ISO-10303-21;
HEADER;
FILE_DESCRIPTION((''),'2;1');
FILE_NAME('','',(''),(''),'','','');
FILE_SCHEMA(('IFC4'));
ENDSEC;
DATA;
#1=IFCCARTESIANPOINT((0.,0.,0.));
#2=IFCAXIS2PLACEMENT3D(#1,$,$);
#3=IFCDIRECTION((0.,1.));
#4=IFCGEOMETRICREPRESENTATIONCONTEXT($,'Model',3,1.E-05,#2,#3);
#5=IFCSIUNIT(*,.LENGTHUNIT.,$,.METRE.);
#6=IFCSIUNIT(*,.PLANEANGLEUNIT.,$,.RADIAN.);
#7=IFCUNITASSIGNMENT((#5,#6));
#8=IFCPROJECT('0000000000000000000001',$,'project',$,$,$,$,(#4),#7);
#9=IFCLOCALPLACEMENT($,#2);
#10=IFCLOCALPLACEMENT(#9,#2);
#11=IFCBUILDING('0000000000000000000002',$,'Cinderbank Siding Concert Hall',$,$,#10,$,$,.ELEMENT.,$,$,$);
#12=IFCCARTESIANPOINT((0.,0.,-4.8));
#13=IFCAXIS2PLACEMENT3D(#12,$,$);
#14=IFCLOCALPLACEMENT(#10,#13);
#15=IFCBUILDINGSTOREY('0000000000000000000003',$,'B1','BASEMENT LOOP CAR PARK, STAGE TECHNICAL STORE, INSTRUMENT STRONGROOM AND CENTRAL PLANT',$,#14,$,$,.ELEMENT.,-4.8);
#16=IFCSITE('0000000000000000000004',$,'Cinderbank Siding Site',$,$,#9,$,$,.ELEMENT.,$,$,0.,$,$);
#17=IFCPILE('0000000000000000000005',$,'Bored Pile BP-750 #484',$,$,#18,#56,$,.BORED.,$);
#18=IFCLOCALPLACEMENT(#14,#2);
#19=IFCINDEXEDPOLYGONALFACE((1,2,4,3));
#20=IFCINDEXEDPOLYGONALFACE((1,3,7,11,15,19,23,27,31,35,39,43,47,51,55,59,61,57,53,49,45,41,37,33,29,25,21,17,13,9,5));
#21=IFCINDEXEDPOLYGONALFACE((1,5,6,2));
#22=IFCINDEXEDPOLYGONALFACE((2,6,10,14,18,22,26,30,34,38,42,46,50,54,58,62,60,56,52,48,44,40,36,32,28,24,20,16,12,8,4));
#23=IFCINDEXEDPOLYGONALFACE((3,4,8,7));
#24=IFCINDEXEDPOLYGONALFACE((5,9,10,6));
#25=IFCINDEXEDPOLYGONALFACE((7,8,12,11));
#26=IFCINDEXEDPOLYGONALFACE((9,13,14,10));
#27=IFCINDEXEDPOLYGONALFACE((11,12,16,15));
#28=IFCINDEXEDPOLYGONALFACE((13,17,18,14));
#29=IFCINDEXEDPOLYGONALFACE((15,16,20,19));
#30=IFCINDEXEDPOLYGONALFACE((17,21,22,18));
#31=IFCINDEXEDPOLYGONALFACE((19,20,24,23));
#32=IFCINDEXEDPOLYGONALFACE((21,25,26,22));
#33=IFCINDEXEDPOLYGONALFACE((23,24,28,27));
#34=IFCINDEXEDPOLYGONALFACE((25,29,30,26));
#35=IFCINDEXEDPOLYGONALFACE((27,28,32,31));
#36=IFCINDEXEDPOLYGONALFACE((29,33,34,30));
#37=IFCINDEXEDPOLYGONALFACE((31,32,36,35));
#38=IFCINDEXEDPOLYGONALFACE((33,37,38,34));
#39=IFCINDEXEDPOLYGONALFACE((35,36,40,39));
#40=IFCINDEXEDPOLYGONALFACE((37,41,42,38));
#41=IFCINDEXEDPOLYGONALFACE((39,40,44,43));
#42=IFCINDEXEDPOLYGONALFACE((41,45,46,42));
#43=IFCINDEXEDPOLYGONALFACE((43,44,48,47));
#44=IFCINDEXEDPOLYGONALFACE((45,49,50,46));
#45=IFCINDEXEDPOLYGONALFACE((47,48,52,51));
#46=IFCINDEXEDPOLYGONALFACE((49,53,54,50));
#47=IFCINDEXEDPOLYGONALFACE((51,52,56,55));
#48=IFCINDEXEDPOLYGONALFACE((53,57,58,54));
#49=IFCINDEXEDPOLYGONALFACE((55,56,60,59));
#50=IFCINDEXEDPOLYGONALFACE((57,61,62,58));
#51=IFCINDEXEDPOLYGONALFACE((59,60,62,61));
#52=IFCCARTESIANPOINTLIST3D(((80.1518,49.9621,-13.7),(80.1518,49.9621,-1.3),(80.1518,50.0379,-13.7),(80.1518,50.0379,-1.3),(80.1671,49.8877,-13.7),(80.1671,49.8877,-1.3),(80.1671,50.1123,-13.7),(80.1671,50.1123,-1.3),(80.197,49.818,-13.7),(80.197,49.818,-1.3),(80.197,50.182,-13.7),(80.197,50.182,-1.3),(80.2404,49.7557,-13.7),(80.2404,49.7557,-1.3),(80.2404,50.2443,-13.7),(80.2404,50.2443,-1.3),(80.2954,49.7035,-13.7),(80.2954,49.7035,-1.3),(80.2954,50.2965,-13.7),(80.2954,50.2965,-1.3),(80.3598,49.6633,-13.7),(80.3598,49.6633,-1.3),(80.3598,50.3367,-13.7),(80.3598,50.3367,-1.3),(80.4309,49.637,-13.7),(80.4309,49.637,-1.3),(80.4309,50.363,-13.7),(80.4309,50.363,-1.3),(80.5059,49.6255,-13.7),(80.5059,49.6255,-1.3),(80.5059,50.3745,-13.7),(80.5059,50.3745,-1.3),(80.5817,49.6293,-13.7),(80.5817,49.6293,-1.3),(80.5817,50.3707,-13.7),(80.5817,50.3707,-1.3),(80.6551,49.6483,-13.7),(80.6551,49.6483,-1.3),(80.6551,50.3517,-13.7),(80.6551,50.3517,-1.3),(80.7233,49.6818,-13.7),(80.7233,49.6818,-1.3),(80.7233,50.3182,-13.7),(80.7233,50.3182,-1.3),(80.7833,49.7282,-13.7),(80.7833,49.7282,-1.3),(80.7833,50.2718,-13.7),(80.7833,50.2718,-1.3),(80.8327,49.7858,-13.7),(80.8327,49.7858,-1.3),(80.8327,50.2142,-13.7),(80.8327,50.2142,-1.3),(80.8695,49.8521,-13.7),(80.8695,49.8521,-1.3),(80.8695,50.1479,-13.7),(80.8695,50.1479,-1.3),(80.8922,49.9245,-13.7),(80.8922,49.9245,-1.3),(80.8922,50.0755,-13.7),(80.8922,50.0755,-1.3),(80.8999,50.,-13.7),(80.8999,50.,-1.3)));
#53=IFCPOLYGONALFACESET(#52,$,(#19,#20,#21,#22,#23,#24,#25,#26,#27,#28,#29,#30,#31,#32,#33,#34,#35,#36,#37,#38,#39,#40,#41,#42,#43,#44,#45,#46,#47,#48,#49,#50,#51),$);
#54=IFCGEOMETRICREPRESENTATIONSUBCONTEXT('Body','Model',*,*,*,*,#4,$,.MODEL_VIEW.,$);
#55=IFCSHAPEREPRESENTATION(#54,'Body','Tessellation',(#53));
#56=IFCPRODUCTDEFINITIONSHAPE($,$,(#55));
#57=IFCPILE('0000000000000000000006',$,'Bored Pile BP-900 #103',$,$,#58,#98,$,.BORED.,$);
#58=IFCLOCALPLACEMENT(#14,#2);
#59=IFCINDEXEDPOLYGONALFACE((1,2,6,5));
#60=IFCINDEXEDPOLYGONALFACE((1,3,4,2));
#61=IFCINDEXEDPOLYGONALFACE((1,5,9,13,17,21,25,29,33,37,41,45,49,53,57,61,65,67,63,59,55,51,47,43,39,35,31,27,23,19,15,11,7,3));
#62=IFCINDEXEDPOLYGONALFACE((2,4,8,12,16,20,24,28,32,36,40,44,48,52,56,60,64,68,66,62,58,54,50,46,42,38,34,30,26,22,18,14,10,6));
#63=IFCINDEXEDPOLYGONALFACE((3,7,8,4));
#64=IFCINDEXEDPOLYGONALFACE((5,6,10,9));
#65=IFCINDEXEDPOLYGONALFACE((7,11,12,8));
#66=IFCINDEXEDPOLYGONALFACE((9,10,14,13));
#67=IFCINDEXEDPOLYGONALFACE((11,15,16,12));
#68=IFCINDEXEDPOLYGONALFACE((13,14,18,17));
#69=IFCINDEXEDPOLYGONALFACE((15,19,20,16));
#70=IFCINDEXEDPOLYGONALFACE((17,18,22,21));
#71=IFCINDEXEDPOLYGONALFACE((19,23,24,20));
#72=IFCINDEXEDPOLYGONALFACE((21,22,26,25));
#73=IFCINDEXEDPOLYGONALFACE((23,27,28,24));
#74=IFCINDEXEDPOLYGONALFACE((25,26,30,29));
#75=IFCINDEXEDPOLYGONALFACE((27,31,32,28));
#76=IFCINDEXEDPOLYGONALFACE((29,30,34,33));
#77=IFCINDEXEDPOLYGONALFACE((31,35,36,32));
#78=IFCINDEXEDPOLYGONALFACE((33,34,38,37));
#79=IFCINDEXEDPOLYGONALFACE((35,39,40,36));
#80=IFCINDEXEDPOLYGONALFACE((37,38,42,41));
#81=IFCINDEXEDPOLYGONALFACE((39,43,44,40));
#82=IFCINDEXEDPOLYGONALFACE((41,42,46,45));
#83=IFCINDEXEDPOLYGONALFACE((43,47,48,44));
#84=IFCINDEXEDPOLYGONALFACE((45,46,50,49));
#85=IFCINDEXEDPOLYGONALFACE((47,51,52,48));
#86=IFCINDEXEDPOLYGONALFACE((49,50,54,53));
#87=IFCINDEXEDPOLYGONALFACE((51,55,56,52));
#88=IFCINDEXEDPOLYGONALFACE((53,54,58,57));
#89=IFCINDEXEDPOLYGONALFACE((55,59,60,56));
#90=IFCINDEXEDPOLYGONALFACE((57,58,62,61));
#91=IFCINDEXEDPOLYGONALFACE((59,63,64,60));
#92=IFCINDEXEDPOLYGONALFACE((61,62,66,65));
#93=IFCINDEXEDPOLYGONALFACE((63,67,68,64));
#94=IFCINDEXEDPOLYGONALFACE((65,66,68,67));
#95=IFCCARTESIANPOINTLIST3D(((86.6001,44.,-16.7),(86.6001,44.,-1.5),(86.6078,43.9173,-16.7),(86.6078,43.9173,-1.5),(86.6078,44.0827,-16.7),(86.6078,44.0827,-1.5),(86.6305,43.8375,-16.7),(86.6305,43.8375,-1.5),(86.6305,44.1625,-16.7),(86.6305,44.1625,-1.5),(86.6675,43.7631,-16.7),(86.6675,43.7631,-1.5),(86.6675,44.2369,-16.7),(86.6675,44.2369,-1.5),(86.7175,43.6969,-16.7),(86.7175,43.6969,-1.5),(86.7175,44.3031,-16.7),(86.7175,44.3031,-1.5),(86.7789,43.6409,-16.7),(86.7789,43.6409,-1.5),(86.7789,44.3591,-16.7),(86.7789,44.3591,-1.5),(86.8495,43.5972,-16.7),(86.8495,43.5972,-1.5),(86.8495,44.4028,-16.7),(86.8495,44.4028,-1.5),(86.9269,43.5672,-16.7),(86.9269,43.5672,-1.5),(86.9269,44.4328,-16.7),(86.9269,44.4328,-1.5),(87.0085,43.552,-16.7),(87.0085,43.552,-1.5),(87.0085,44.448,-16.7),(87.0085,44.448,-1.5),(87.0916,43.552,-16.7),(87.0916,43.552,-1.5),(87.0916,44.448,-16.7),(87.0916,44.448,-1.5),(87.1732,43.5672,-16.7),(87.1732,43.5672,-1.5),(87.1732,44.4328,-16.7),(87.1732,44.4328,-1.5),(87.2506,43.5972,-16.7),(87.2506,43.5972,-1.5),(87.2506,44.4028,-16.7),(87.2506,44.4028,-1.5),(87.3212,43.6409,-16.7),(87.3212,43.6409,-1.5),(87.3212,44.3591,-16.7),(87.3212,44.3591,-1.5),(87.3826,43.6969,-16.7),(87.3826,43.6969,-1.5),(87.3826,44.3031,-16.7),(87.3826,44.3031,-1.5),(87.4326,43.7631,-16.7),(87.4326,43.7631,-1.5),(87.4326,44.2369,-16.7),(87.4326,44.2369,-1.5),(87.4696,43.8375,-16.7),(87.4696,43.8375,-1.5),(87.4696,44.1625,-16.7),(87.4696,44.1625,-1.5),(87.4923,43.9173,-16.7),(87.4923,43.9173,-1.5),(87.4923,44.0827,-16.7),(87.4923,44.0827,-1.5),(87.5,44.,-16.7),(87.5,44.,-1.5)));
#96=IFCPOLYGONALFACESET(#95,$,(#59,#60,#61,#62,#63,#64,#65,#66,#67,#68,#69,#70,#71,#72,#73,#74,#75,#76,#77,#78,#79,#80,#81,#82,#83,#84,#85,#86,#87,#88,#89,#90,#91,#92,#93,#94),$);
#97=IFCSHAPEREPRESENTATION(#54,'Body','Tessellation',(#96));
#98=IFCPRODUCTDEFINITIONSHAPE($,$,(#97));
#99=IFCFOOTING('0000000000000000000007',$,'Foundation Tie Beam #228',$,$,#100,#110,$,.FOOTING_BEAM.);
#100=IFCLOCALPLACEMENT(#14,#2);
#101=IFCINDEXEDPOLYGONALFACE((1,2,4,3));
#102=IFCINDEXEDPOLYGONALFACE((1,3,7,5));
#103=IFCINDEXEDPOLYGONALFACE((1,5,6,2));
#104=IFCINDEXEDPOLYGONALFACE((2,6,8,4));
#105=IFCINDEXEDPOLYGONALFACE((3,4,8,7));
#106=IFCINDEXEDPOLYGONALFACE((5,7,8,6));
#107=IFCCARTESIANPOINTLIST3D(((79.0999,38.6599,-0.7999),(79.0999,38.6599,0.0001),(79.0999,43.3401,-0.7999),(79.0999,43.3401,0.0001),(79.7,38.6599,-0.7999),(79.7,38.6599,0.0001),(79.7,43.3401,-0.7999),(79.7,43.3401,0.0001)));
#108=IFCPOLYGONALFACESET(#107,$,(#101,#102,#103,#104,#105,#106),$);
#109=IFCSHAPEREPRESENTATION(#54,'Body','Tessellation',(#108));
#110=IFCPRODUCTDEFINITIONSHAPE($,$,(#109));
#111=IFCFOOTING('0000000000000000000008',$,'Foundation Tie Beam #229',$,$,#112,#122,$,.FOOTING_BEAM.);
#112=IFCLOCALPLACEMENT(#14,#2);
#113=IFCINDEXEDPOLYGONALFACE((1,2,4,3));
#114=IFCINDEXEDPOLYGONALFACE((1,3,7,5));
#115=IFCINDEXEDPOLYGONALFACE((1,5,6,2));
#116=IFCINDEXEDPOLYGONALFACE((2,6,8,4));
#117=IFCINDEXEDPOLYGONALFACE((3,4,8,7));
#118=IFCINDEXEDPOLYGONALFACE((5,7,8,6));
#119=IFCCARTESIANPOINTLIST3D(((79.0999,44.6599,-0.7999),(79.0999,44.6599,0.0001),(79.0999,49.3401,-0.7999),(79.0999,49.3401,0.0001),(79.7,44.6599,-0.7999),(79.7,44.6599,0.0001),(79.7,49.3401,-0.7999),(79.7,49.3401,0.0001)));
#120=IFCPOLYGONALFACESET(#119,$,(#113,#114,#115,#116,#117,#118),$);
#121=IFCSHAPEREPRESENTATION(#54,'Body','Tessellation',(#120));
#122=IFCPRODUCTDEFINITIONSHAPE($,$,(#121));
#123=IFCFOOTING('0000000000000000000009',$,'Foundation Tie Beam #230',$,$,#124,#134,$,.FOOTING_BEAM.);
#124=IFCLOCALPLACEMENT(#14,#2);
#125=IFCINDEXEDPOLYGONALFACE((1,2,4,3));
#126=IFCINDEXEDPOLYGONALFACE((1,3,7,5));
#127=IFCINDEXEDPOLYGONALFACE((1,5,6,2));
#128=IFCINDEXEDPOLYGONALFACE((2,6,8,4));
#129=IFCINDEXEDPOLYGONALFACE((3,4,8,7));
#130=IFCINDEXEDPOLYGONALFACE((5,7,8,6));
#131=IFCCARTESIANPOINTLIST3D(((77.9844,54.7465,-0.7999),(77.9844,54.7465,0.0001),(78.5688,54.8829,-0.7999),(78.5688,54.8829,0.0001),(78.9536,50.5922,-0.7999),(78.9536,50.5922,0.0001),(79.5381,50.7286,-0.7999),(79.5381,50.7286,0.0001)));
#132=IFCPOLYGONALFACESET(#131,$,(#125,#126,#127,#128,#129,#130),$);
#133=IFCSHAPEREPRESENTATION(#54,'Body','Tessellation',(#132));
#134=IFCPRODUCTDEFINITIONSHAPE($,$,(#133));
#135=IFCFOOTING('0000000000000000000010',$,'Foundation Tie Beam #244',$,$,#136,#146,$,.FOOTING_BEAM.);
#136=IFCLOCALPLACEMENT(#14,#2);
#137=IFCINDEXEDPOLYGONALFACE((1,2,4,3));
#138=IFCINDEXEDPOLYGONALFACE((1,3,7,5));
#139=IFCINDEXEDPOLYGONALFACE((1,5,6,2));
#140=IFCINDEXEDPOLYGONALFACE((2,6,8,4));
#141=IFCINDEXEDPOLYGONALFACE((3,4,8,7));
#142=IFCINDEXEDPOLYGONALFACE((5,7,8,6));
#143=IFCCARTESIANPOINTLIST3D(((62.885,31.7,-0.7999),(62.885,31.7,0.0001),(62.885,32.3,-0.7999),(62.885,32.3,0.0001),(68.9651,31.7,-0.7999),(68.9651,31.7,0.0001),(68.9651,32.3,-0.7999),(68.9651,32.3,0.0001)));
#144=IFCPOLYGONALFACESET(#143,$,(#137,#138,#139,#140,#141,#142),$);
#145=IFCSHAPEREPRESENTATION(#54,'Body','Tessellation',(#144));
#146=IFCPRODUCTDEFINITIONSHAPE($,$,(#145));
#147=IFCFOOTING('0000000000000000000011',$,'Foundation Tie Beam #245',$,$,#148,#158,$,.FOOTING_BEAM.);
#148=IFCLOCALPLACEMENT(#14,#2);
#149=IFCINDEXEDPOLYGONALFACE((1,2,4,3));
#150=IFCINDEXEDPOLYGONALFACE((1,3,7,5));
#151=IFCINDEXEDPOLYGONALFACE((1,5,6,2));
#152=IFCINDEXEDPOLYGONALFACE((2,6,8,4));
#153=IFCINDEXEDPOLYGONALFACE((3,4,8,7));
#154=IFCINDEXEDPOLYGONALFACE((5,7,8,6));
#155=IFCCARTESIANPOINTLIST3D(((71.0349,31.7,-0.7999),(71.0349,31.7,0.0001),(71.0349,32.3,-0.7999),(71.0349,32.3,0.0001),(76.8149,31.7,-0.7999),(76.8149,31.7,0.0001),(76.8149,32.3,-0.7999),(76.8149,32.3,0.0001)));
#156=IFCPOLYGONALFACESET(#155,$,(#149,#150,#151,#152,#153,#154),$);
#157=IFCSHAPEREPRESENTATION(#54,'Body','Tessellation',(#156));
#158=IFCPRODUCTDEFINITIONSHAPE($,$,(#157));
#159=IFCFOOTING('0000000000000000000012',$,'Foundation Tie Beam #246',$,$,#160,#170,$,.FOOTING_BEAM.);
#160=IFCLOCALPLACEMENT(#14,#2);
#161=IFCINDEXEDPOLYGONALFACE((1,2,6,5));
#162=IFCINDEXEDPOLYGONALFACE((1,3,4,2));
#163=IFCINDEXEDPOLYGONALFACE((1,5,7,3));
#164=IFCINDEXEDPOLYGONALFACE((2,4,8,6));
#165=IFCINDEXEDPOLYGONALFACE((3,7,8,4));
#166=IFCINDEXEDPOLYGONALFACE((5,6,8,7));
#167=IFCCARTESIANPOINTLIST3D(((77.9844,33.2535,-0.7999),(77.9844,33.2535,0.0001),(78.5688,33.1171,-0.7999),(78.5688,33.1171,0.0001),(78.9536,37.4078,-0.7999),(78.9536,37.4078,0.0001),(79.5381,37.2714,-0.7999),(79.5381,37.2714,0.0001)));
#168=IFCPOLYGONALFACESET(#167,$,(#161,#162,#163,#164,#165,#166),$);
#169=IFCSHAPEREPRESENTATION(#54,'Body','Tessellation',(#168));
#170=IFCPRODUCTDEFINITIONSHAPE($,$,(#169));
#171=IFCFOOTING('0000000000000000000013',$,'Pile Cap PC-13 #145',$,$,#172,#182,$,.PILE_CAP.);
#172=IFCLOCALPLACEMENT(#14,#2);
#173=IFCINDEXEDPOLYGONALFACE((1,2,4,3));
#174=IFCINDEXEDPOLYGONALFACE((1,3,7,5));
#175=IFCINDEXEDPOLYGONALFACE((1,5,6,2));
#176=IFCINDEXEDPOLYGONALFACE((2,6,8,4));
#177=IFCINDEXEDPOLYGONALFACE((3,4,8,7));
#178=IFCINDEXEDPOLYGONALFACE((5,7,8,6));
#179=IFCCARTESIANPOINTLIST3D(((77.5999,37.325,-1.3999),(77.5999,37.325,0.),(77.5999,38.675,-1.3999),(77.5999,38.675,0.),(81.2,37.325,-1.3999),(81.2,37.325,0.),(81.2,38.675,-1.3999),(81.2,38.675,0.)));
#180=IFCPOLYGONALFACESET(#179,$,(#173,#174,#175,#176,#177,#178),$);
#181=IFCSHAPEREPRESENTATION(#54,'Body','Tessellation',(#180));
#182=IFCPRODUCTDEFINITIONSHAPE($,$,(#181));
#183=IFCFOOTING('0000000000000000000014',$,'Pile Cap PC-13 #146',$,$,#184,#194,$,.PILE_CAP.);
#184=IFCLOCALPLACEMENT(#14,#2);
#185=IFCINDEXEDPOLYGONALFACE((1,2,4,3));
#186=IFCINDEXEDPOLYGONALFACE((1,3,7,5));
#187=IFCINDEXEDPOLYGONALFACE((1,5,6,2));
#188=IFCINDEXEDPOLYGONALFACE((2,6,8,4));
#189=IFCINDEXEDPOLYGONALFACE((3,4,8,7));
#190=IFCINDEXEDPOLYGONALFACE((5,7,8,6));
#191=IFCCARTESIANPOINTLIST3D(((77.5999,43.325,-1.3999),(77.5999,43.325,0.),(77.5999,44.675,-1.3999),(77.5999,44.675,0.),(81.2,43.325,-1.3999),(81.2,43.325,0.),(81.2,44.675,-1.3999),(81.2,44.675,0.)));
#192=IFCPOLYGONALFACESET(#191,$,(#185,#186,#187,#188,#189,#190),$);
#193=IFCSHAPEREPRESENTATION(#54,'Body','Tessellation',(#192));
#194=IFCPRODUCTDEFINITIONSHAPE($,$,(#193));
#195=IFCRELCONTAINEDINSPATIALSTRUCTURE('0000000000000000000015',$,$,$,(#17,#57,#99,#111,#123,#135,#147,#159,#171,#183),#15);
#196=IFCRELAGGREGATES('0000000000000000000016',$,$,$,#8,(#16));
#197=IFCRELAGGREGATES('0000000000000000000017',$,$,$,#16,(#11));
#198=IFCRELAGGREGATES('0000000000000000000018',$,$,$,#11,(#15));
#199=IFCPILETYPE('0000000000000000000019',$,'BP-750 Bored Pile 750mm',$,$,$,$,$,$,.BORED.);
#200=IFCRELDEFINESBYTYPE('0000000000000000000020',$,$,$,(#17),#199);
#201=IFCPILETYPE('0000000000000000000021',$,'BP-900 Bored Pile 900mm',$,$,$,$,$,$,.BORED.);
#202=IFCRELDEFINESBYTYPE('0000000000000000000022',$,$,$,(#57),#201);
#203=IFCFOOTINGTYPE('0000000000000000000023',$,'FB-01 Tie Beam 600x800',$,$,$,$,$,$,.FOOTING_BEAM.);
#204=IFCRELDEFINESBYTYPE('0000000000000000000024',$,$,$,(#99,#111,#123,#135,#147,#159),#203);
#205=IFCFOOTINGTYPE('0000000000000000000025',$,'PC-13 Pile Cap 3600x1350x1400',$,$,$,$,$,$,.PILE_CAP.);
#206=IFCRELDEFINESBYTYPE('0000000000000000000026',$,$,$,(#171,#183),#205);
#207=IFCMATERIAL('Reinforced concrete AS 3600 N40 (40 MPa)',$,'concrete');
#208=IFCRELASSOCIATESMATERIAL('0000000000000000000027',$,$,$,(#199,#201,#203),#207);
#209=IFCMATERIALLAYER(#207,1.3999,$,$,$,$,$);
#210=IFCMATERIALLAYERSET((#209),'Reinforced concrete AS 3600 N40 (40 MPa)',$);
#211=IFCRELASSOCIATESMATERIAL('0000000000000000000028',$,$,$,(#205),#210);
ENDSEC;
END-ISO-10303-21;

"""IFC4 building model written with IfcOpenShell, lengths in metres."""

from ifc_helpers import new_model, si_unit, direction, frame, origin, origin_2d, place, context, subcontext, project, spatial, rectangle, circle, extrude, material, layer, layer_set, material_profile, profile_set, type_object, element, save


model = new_model("IFC4")

# Units and contexts
model_context = context("Model", 3, precision=1e-05, world=origin(), true_north=direction((0.0, 1.0)))
body_context = subcontext(model_context, "Body", "Model", "MODEL_VIEW")
ifc_project = project(units=[si_unit("LENGTHUNIT", "METRE"), si_unit("PLANEANGLEUNIT", "RADIAN")], contexts=[model_context])

# Site, building, storey
site_placement = place(None, origin())
site = spatial("IfcSite", under=ifc_project, at=site_placement, Name="Cinderbank Siding Site", CompositionType="ELEMENT", RefElevation=0.0)
building_placement = place(site_placement, origin())
building = spatial("IfcBuilding", under=site, at=building_placement, Name="Cinderbank Siding Concert Hall", CompositionType="ELEMENT")
storey_placement = place(building_placement, frame((0.0, 0.0, -4.8)))
storey = spatial("IfcBuildingStorey", under=building, at=storey_placement, Name="B1", Description="BASEMENT LOOP CAR PARK, STAGE TECHNICAL STORE, INSTRUMENT STRONGROOM AND CENTRAL PLANT", CompositionType="ELEMENT", Elevation=-4.8)

# Piles
ifc_material_1 = material(Name="Reinforced concrete AS 3600 N40 (40 MPa)", Category="concrete")
ifc_material_profile_1 = material_profile(ifc_material_1, circle(Radius=0.375, at=origin_2d()), Name="PILE-750DIA", Category="LoadBearing")
ifc_profile_set_1 = profile_set([ifc_material_profile_1], Name="Reinforced concrete AS 3600 N40 (40 MPa)")
pile_type_1 = type_object("IfcPileType", Name="BP-750 Bored Pile 750mm", PredefinedType="BORED", material=ifc_profile_set_1)
for number, where, z_axis, x_axis, name in (
    (1, (80.5249, 50.0, -1.3), (0.0, 0.0, -1.0), (1.0, 0.0, 0.0), "Bored Pile BP-750 #484"),
):
    element("IfcPile", number, at=place(storey_placement, frame(where, z_axis=z_axis, x_axis=x_axis)), inside=storey, type_object=pile_type_1, Name=name, PredefinedType="BORED", context=body_context, shape_type="SweptSolid", body=[
        extrude(circle(Radius=0.375, at=origin_2d()), origin(), (0.0, 0.0, 1.0), 12.3999),
    ])
ifc_material_profile_2 = material_profile(ifc_material_1, circle(Radius=0.45, at=origin_2d()), Name="PILE-900DIA", Category="LoadBearing")
ifc_profile_set_2 = profile_set([ifc_material_profile_2], Name="Reinforced concrete AS 3600 N40 (40 MPa)")
pile_type_2 = type_object("IfcPileType", Name="BP-900 Bored Pile 900mm", PredefinedType="BORED", material=ifc_profile_set_2)
pile_placement = place(storey_placement, frame((87.05, 44.0, -1.5), z_axis=(0.0, 0.0, -1.0), x_axis=(1.0, 0.0, 0.0)))
element("IfcPile", 2, at=pile_placement, inside=storey, type_object=pile_type_2, Name="Bored Pile BP-900 #103", PredefinedType="BORED", context=body_context, shape_type="SweptSolid", body=[
    extrude(circle(Radius=0.45, at=origin_2d()), origin(), (0.0, 0.0, 1.0), 15.2),
])

# Footings
ifc_material_profile_3 = material_profile(ifc_material_1, rectangle(XDim=0.6001, YDim=0.8, at=origin_2d()), Name="RC-FB-600x800", Category="LoadBearing")
ifc_profile_set_3 = profile_set([ifc_material_profile_3], Name="Reinforced concrete AS 3600 N40 (40 MPa)")
footing_type_1 = type_object("IfcFootingType", Name="FB-01 Tie Beam 600x800", PredefinedType="FOOTING_BEAM", material=ifc_profile_set_3)
for number, where, z_axis, x_axis, name in (
    (3, (79.3999, 38.6599, -0.3999), (0.0, 1.0, 0.0), (-1.0, 0.0, 0.0), "Foundation Tie Beam #228"),
    (4, (79.3999, 44.6599, -0.3999), (0.0, 1.0, 0.0), (-1.0, 0.0, 0.0), "Foundation Tie Beam #229"),
):
    element("IfcFooting", number, at=place(storey_placement, frame(where, z_axis=z_axis, x_axis=x_axis)), inside=storey, type_object=footing_type_1, Name=name, PredefinedType="FOOTING_BEAM", context=body_context, shape_type="SweptSolid", body=[
        extrude(rectangle(XDim=0.6001, YDim=0.8, at=origin_2d()), origin(), (0.0, 0.0, 1.0), 4.6802),
    ])
footing_1_placement = place(storey_placement, frame((79.2458, 50.6604, -0.3999), z_axis=(-0.227208, 0.973846, 0.0), x_axis=(-0.973846, -0.227208, 0.0)))
element("IfcFooting", 5, at=footing_1_placement, inside=storey, type_object=footing_type_1, Name="Foundation Tie Beam #230", PredefinedType="FOOTING_BEAM", context=body_context, shape_type="SweptSolid", body=[
    extrude(rectangle(XDim=0.6001, YDim=0.8, at=origin_2d()), origin(), (0.0, 0.0, 1.0), 4.2659),
])
footing_2_placement = place(storey_placement, frame((62.885, 32.0, -0.3999), z_axis=(1.0, 0.0, 0.0), x_axis=(0.0, 1.0, 0.0)))
element("IfcFooting", 6, at=footing_2_placement, inside=storey, type_object=footing_type_1, Name="Foundation Tie Beam #244", PredefinedType="FOOTING_BEAM", context=body_context, shape_type="SweptSolid", body=[
    extrude(rectangle(XDim=0.6001, YDim=0.8, at=origin_2d()), origin(), (0.0, 0.0, 1.0), 6.0801),
])
footing_3_placement = place(storey_placement, frame((71.0349, 32.0, -0.3999), z_axis=(1.0, 0.0, 0.0), x_axis=(0.0, 1.0, 0.0)))
element("IfcFooting", 7, at=footing_3_placement, inside=storey, type_object=footing_type_1, Name="Foundation Tie Beam #245", PredefinedType="FOOTING_BEAM", context=body_context, shape_type="SweptSolid", body=[
    extrude(rectangle(XDim=0.6001, YDim=0.8, at=origin_2d()), origin(), (0.0, 0.0, 1.0), 5.78),
])
footing_4_placement = place(storey_placement, frame((78.2766, 33.1853, -0.3999), z_axis=(0.227208, 0.973846, 0.0), x_axis=(-0.973846, 0.227208, 0.0)))
element("IfcFooting", 8, at=footing_4_placement, inside=storey, type_object=footing_type_1, Name="Foundation Tie Beam #246", PredefinedType="FOOTING_BEAM", context=body_context, shape_type="SweptSolid", body=[
    extrude(rectangle(XDim=0.6001, YDim=0.8, at=origin_2d()), origin(), (0.0, 0.0, 1.0), 4.2659),
])
ifc_layer_1 = layer(ifc_material_1, 1.3999)
ifc_layer_set_1 = layer_set([ifc_layer_1], Name="Reinforced concrete AS 3600 N40 (40 MPa)")
footing_type_2 = type_object("IfcFootingType", Name="PC-13 Pile Cap 3600x1350x1400", PredefinedType="PILE_CAP", material=ifc_layer_set_1)
for number, where, z_axis, x_axis, name in (
    (9, (79.3999, 38.0, -1.3999), (0.0, 0.0, 1.0), (1.0, 0.0, 0.0), "Pile Cap PC-13 #145"),
    (10, (79.3999, 44.0, -1.3999), (0.0, 0.0, 1.0), (1.0, 0.0, 0.0), "Pile Cap PC-13 #146"),
):
    element("IfcFooting", number, at=place(storey_placement, frame(where, z_axis=z_axis, x_axis=x_axis)), inside=storey, type_object=footing_type_2, Name=name, PredefinedType="PILE_CAP", context=body_context, shape_type="SweptSolid", body=[
        extrude(rectangle(XDim=3.6001, YDim=1.3501, at=origin_2d()), origin(), (0.0, 0.0, 1.0), 1.3999),
    ])

save(model, "model.ifc")
